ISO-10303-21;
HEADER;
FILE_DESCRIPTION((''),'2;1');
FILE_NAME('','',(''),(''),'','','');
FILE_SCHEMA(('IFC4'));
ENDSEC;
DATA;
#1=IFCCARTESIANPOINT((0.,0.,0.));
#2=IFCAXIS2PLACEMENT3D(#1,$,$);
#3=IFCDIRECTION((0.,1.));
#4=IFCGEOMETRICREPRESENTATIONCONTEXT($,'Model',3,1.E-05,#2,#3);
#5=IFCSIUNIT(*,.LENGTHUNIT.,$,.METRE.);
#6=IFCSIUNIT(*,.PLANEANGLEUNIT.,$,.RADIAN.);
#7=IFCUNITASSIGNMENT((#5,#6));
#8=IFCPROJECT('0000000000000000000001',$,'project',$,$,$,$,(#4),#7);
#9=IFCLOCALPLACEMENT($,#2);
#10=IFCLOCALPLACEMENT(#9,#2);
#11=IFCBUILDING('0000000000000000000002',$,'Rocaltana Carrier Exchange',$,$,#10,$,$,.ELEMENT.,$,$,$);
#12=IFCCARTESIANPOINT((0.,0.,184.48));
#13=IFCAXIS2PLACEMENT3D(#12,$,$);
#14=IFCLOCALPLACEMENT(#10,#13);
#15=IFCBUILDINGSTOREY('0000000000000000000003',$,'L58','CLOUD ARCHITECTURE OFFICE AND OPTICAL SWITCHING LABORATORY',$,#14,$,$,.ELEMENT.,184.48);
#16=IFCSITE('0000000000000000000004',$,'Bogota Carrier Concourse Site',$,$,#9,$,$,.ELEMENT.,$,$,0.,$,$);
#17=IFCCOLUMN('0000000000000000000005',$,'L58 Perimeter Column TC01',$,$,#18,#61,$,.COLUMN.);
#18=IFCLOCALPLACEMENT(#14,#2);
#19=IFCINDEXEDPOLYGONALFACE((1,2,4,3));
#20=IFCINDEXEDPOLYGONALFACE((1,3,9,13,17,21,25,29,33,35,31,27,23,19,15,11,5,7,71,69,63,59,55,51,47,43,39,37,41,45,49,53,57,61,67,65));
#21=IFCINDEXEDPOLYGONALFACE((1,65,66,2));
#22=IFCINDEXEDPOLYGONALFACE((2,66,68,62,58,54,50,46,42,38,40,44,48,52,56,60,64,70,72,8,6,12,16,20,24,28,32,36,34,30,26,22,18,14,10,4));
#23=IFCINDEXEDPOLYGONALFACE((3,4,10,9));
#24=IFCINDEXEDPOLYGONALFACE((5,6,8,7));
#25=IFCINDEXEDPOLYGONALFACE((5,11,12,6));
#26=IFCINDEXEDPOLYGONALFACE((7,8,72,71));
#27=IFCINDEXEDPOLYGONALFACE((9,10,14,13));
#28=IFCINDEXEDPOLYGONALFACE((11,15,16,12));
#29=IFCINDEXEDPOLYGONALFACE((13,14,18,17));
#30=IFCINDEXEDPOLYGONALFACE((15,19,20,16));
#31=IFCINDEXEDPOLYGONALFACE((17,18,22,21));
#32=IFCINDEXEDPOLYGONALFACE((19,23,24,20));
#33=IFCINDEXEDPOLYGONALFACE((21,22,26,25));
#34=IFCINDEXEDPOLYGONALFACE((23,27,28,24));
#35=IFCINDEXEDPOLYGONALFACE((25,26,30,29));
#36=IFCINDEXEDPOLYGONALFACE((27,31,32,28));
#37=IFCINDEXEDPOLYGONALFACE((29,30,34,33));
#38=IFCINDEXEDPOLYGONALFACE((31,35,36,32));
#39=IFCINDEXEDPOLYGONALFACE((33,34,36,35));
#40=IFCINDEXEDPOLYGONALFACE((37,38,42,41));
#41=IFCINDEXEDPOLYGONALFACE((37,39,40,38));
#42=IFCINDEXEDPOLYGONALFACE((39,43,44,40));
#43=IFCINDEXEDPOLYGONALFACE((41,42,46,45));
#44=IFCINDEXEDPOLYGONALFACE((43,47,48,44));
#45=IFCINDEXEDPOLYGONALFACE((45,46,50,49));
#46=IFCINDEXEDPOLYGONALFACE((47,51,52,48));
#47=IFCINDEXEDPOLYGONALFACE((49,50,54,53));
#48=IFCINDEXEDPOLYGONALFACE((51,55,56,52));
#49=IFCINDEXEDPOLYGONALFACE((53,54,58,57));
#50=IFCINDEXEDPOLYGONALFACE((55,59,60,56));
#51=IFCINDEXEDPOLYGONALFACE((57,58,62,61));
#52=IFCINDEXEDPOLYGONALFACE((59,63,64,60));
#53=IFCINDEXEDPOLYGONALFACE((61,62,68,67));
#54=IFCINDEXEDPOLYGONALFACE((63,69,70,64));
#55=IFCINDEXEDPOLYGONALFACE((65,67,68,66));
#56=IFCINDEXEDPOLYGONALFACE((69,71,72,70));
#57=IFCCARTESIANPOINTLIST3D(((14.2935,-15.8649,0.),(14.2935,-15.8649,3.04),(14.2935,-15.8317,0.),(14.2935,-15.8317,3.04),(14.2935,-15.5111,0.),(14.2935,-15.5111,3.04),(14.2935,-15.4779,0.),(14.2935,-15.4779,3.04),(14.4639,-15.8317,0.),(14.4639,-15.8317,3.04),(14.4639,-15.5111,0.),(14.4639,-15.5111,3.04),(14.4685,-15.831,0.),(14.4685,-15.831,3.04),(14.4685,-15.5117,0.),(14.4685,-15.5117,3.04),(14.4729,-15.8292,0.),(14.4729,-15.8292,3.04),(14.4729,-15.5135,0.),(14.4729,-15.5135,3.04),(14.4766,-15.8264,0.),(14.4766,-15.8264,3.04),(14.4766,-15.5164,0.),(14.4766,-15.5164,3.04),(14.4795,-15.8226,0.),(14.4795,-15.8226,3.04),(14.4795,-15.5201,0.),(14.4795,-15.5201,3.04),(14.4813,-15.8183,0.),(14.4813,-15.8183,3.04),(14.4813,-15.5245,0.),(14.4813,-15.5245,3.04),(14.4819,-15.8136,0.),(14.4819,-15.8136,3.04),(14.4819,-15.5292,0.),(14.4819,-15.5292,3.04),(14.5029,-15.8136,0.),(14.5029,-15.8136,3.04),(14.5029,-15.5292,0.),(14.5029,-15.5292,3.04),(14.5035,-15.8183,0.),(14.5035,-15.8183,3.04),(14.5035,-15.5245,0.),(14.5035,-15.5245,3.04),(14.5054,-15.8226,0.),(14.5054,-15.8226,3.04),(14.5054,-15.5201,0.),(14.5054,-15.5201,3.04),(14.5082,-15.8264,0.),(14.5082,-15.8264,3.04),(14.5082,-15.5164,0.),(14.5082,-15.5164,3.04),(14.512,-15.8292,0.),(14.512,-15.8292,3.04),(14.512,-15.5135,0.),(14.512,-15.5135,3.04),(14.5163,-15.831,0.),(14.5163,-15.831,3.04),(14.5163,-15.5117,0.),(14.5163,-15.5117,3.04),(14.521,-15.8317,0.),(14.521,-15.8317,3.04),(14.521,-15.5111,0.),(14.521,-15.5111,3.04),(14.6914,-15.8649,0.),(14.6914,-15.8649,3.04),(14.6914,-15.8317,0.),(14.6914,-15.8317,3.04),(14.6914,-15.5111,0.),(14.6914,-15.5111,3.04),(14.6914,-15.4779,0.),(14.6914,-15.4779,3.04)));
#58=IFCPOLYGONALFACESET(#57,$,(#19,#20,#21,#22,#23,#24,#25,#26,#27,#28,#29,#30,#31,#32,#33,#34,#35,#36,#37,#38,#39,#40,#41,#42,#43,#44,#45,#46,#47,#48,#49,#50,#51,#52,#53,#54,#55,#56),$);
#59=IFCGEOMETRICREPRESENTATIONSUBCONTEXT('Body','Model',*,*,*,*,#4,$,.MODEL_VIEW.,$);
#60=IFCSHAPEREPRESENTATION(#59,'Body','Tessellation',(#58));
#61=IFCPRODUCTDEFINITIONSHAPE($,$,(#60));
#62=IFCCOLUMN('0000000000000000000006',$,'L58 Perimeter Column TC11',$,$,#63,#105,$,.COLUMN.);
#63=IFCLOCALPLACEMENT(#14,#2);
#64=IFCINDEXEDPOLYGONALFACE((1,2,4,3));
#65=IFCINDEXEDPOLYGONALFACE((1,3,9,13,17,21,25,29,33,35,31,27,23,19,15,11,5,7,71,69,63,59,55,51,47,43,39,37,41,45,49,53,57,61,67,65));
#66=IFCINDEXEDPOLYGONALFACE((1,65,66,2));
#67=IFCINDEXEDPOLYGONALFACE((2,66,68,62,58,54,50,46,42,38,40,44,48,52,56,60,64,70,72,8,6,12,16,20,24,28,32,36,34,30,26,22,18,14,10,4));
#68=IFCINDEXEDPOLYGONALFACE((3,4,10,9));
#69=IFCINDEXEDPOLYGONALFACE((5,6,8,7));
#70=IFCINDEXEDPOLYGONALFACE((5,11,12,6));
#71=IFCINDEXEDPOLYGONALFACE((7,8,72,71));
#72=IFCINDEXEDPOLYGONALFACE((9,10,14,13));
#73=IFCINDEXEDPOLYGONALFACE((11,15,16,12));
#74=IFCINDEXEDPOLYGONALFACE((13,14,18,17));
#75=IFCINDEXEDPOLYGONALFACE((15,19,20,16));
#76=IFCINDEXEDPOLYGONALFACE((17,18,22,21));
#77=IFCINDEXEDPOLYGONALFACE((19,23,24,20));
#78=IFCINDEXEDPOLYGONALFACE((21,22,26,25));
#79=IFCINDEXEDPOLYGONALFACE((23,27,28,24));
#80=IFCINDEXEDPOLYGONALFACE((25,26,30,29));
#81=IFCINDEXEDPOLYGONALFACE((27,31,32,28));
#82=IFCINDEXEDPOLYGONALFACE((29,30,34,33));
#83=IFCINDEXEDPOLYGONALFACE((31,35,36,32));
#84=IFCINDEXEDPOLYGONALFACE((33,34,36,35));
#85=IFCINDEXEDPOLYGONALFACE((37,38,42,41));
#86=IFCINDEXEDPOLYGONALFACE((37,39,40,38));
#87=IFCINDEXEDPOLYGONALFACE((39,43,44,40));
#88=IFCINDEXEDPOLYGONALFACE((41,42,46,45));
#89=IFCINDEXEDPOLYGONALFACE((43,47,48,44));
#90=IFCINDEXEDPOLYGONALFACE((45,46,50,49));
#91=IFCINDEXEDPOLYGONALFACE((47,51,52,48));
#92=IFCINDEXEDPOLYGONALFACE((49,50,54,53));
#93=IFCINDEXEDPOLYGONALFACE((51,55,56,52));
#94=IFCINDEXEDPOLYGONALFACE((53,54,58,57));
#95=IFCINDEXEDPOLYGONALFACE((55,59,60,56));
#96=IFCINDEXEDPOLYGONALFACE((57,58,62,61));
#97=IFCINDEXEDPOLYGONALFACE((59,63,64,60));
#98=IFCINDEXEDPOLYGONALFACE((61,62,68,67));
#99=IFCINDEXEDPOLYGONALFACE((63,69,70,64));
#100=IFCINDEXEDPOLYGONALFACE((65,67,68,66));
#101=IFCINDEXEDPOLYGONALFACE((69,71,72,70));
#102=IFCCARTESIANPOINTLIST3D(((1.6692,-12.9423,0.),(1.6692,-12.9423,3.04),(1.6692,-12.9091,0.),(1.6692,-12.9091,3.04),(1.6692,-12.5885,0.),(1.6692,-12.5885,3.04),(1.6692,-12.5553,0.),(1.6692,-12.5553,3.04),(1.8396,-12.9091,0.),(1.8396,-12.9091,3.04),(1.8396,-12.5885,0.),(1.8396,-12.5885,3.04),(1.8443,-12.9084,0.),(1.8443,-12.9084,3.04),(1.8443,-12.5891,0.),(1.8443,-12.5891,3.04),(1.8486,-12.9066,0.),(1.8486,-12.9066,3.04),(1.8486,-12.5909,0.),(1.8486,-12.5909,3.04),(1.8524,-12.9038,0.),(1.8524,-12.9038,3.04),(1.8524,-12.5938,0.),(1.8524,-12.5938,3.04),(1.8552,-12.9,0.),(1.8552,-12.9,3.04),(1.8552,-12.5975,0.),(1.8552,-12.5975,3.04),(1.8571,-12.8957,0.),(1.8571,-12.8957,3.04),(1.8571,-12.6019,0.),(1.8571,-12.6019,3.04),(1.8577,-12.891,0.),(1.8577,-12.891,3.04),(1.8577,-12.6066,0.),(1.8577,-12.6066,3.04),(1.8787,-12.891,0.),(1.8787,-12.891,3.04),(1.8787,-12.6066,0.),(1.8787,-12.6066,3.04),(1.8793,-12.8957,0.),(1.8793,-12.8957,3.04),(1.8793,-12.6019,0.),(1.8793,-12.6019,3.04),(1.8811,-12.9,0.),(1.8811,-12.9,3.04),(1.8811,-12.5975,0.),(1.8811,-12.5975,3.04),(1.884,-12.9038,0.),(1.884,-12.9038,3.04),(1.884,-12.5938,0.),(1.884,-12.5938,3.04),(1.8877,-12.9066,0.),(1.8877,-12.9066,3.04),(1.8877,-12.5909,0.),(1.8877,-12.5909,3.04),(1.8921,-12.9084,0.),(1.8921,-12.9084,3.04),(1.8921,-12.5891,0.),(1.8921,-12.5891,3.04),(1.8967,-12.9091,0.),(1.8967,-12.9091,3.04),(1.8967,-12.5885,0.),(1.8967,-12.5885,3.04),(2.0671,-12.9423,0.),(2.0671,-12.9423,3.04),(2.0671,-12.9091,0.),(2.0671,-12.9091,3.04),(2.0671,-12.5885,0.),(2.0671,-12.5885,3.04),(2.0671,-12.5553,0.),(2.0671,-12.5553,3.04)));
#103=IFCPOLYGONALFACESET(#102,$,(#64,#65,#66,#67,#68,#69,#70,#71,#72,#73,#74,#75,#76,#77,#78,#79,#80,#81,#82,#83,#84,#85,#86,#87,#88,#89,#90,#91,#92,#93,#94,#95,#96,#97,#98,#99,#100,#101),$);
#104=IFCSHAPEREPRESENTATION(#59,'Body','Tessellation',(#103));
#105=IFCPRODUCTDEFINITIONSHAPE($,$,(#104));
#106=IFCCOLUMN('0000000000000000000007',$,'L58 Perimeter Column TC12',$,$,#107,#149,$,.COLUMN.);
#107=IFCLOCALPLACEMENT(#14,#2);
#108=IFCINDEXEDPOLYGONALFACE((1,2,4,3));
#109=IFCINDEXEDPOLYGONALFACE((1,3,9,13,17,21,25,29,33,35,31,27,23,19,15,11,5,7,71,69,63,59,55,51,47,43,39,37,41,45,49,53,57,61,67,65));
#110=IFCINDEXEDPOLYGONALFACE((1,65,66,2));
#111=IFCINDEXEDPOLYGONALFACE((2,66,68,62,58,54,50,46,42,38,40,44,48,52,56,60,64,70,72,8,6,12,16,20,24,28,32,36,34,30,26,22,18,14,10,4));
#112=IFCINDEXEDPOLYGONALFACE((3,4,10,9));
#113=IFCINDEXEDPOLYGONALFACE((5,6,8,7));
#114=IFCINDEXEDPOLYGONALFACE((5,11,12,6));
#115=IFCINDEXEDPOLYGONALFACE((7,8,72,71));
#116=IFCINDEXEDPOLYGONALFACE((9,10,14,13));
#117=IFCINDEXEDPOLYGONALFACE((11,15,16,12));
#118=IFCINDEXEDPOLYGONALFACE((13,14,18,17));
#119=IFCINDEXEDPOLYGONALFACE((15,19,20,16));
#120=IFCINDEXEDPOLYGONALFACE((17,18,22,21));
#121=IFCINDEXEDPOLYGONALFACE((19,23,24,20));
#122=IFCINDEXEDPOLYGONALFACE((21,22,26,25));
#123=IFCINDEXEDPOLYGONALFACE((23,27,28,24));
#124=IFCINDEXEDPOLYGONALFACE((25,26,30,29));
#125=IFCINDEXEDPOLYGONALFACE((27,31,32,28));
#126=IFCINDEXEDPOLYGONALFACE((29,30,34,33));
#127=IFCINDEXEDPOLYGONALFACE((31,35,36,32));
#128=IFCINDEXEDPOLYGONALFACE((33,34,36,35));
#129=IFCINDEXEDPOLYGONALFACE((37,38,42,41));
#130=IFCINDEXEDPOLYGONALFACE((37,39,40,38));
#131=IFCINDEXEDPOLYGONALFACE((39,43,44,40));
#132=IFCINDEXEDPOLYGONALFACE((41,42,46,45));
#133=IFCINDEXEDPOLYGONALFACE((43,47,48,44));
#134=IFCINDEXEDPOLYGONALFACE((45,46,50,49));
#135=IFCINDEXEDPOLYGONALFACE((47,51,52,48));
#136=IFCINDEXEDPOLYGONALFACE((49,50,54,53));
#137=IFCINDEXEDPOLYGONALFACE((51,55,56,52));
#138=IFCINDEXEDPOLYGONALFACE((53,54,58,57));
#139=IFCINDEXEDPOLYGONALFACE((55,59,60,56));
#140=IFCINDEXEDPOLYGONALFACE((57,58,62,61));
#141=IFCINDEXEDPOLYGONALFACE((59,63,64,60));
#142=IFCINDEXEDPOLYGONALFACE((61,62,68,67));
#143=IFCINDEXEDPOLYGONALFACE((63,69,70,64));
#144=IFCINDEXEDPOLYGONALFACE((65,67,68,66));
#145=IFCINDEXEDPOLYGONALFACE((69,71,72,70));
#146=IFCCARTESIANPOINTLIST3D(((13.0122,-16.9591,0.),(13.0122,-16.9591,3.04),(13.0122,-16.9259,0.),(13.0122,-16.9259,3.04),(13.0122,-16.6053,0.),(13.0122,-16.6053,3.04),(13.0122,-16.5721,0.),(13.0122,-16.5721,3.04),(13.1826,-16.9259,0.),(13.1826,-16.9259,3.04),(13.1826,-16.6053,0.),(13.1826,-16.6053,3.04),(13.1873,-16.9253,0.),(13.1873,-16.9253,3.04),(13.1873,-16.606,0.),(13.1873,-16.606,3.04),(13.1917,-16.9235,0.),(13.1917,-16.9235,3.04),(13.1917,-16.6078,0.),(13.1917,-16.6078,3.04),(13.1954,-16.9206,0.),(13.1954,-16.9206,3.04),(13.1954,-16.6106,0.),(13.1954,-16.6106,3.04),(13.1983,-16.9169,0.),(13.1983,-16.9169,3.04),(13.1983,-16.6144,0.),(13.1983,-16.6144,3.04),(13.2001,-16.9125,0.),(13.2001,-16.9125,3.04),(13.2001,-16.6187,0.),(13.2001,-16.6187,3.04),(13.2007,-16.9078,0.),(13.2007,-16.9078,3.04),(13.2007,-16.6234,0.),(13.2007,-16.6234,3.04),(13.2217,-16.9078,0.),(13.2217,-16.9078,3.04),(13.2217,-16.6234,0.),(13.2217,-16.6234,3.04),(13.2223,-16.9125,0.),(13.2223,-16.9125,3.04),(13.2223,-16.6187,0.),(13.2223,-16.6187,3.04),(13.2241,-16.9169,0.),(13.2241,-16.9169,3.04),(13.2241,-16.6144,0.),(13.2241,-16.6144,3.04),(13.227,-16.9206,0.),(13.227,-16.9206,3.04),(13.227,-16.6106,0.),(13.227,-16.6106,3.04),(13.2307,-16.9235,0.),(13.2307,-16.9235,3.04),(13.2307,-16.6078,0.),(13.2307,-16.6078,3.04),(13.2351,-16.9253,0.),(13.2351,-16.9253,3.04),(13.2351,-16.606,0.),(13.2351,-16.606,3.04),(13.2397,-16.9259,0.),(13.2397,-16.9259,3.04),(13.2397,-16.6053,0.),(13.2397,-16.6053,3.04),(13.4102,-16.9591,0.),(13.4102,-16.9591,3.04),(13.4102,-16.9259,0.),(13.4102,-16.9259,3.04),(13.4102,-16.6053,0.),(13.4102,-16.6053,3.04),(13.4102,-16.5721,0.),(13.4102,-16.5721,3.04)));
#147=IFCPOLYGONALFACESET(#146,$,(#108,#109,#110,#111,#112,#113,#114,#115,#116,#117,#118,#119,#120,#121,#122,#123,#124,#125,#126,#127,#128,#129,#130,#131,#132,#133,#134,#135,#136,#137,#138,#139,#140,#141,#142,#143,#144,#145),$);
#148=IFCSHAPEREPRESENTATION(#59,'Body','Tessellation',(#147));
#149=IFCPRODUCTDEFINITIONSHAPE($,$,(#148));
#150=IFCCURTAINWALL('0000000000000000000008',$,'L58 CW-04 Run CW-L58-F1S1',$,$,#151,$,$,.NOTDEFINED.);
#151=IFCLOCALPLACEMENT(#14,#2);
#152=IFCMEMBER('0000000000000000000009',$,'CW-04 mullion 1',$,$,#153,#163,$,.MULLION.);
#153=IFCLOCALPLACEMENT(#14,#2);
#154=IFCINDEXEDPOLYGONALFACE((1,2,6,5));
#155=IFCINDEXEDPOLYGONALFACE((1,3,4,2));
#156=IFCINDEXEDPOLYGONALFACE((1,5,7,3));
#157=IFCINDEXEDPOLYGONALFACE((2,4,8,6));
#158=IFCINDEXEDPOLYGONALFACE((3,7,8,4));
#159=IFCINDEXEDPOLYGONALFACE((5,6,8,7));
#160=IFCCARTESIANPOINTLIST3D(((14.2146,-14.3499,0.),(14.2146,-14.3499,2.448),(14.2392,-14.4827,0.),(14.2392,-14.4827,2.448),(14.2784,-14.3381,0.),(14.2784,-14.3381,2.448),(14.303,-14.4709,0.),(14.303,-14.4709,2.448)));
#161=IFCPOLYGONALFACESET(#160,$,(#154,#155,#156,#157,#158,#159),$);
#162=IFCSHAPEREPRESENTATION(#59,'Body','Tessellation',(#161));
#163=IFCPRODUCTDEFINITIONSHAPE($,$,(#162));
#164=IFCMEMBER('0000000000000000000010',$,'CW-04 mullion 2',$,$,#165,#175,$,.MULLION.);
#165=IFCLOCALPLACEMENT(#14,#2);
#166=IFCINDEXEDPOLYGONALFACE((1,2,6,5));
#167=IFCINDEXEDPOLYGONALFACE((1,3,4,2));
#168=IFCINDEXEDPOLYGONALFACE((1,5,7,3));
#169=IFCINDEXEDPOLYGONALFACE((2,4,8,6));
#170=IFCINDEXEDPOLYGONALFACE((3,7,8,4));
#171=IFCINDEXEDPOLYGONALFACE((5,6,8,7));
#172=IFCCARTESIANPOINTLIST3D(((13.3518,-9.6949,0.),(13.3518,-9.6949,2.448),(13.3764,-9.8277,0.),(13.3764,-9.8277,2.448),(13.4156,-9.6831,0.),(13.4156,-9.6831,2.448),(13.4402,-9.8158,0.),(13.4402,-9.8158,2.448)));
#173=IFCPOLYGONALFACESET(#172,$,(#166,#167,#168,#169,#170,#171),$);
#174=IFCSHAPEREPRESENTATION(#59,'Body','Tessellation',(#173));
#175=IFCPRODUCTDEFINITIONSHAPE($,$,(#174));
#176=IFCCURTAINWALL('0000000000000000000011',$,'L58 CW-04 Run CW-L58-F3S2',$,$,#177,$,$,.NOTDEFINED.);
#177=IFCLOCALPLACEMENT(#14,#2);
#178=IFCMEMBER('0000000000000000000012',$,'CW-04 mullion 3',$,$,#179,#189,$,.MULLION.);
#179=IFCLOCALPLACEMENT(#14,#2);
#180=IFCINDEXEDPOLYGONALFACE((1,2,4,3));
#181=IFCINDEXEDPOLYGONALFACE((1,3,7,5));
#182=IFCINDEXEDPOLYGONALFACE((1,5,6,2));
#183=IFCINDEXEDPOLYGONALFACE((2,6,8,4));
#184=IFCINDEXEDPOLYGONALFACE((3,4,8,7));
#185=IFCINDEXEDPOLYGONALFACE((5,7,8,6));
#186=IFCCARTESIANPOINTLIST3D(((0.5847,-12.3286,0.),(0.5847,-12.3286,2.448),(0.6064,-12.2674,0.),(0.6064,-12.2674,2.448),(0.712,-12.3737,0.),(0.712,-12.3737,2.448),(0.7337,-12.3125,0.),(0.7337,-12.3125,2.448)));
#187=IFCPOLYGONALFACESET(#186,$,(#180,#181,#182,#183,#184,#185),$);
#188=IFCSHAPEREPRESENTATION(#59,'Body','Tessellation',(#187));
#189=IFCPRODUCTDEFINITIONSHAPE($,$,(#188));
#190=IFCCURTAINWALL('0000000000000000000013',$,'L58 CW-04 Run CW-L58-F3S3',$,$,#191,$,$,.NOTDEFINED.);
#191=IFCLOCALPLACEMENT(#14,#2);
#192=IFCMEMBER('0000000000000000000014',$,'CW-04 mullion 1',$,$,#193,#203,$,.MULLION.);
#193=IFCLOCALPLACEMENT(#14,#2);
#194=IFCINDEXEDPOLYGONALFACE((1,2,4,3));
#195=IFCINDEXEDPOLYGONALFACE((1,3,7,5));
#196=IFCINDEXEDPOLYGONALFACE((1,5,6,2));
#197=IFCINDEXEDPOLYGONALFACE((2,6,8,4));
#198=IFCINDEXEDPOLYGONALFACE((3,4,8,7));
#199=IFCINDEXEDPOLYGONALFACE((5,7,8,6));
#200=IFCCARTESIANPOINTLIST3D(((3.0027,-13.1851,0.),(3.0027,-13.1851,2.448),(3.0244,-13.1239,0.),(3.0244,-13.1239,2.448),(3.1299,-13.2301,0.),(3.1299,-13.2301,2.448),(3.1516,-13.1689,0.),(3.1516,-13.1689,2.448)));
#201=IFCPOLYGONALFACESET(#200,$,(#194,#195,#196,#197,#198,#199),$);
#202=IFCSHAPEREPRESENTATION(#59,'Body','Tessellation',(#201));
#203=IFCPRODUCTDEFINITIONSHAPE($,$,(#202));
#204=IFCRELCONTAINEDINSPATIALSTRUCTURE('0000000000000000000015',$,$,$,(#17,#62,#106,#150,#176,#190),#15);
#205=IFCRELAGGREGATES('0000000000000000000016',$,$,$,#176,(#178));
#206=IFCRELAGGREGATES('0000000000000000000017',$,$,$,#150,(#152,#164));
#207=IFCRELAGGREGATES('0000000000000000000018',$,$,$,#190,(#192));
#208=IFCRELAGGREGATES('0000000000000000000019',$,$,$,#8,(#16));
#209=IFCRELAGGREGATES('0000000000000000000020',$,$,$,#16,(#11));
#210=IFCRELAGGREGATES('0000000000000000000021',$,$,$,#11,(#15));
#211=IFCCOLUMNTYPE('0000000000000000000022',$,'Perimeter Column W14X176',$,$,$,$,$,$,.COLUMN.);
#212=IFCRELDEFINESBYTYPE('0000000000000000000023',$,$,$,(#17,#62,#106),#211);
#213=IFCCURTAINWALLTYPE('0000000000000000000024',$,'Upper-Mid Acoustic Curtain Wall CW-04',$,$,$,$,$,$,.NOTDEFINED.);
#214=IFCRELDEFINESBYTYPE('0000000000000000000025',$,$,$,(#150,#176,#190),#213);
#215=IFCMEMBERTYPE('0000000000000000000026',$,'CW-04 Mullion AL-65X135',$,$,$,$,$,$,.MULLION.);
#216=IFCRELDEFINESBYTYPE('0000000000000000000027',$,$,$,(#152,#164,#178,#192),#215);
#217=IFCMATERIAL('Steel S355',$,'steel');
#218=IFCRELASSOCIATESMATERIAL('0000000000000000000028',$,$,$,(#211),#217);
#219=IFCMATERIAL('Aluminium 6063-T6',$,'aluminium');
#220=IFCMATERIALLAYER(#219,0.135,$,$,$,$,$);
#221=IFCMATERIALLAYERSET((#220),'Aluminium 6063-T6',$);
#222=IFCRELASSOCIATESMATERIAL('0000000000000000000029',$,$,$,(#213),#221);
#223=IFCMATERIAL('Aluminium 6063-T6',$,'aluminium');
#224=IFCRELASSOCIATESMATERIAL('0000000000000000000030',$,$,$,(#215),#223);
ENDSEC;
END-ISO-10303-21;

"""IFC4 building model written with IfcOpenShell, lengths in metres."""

from ifc_helpers import new_model, si_unit, direction, frame, origin, origin_2d, place, context, subcontext, project, spatial, rectangle, i_section, extrude, material, layer, layer_set, material_profile, profile_set, type_object, element, aggregate, save


model = new_model("IFC4")

# Units and contexts
model_context = context("Model", 3, precision=1e-05, world=origin(), true_north=direction((0.0, 1.0)))
body_context = subcontext(model_context, "Body", "Model", "MODEL_VIEW")
ifc_project = project(units=[si_unit("LENGTHUNIT", "METRE"), si_unit("PLANEANGLEUNIT", "RADIAN")], contexts=[model_context])

# Site, building, storey
site_placement = place(None, origin())
site = spatial("IfcSite", under=ifc_project, at=site_placement, Name="Bogota Carrier Concourse Site", CompositionType="ELEMENT", RefElevation=0.0)
building_placement = place(site_placement, origin())
building = spatial("IfcBuilding", under=site, at=building_placement, Name="Rocaltana Carrier Exchange", CompositionType="ELEMENT")
storey_placement = place(building_placement, frame((0.0, 0.0, 184.48)))
storey = spatial("IfcBuildingStorey", under=building, at=storey_placement, Name="L58", Description="CLOUD ARCHITECTURE OFFICE AND OPTICAL SWITCHING LABORATORY", CompositionType="ELEMENT", Elevation=184.48)

# Columns
ifc_material_1 = material(Name="Steel S355", Category="steel")
ifc_material_profile_1 = material_profile(ifc_material_1, i_section(OverallWidth=0.3979, OverallDepth=0.387, WebThickness=0.021, FlangeThickness=0.0332, FilletRadius=0.0181, at=origin_2d()), Name="W14X176")
ifc_profile_set_1 = profile_set([ifc_material_profile_1], Name="Steel S355")
column_type = type_object("IfcColumnType", Name="Perimeter Column W14X176", PredefinedType="COLUMN", material=ifc_profile_set_1)
for number, where, z_axis, x_axis, name in (
    (1, (14.4924, -15.6714, 0.0), (0.0, 0.0, 1.0), (1.0, 0.0, 0.0), "L58 Perimeter Column TC01"),
    (2, (1.8682, -12.7488, 0.0), (0.0, 0.0, 1.0), (1.0, 0.0, 0.0), "L58 Perimeter Column TC11"),
    (3, (13.2112, -16.7656, 0.0), (0.0, 0.0, 1.0), (1.0, 0.0, 0.0), "L58 Perimeter Column TC12"),
):
    element("IfcColumn", number, at=place(storey_placement, frame(where, z_axis=z_axis, x_axis=x_axis)), inside=storey, type_object=column_type, Name=name, PredefinedType="COLUMN", context=body_context, shape_type="SweptSolid", body=[
        extrude(i_section(OverallWidth=0.3979, OverallDepth=0.387, WebThickness=0.021, FlangeThickness=0.0332, FilletRadius=0.0181, at=origin_2d()), origin(), (0.0, 0.0, 1.0), 3.04),
    ])

# Curtain wall, members
ifc_material_2 = material(Name="Aluminium 6063-T6", Category="aluminium")
ifc_layer_1 = layer(ifc_material_2, 0.135)
ifc_layer_set_1 = layer_set([ifc_layer_1], Name="Aluminium 6063-T6")
curtain_wall_type = type_object("IfcCurtainWallType", Name="Upper-Mid Acoustic Curtain Wall CW-04", PredefinedType="NOTDEFINED", material=ifc_layer_set_1)
curtain_wall_1_placement = place(storey_placement, origin())
curtain_wall_1 = element("IfcCurtainWall", 4, at=curtain_wall_1_placement, inside=storey, type_object=curtain_wall_type, Name="L58 CW-04 Run CW-L58-F1S1", PredefinedType="NOTDEFINED")
ifc_material_3 = material(Name="Aluminium 6063-T6", Category="aluminium")
ifc_material_profile_2 = material_profile(ifc_material_3, rectangle(XDim=0.0649, YDim=0.135, at=origin_2d()), Name="AL-65X135")
ifc_profile_set_2 = profile_set([ifc_material_profile_2], Name="Aluminium 6063-T6")
member_type_1 = type_object("IfcMemberType", Name="CW-04 Mullion AL-65X135", PredefinedType="MULLION", material=ifc_profile_set_2)
member_1_placement = place(storey_placement, frame((14.2588, -14.4104, 0.0), z_axis=(0.0, 0.0, 1.0), x_axis=(-0.983255, -0.182234, 0.0)))
member_1 = element("IfcMember", 5, at=member_1_placement, type_object=member_type_1, Name="CW-04 mullion 1", PredefinedType="MULLION", context=body_context, shape_type="SweptSolid", body=[
    extrude(rectangle(XDim=0.0649, YDim=0.135, at=origin_2d()), origin(), (0.0, 0.0, 1.0), 2.448),
])
member_2_placement = place(storey_placement, frame((13.396, -9.7554, 0.0), z_axis=(0.0, 0.0, 1.0), x_axis=(-0.983255, -0.182234, 0.0)))
member_2 = element("IfcMember", 6, at=member_2_placement, type_object=member_type_1, Name="CW-04 mullion 2", PredefinedType="MULLION", context=body_context, shape_type="SweptSolid", body=[
    extrude(rectangle(XDim=0.0649, YDim=0.135, at=origin_2d()), origin(), (0.0, 0.0, 1.0), 2.448),
])

# Curtain wall, member
curtain_wall_2_placement = place(storey_placement, origin())
curtain_wall_2 = element("IfcCurtainWall", 7, at=curtain_wall_2_placement, inside=storey, type_object=curtain_wall_type, Name="L58 CW-04 Run CW-L58-F3S2", PredefinedType="NOTDEFINED")
member_3_placement = place(storey_placement, frame((0.6592, -12.3206, 0.0), z_axis=(0.0, 0.0, 1.0), x_axis=(0.333799, 0.942644, 0.0)))
member_3 = element("IfcMember", 8, at=member_3_placement, type_object=member_type_1, Name="CW-04 mullion 3", PredefinedType="MULLION", context=body_context, shape_type="SweptSolid", body=[
    extrude(rectangle(XDim=0.0649, YDim=0.135, at=origin_2d()), origin(), (0.0, 0.0, 1.0), 2.448),
])
aggregate(curtain_wall_2, [member_3])

# Curtain wall, member
curtain_wall_3_placement = place(storey_placement, origin())
curtain_wall_3 = element("IfcCurtainWall", 9, at=curtain_wall_3_placement, inside=storey, type_object=curtain_wall_type, Name="L58 CW-04 Run CW-L58-F3S3", PredefinedType="NOTDEFINED")
member_4_placement = place(storey_placement, frame((3.0771, -13.177, 0.0), z_axis=(0.0, 0.0, 1.0), x_axis=(0.333799, 0.942644, 0.0)))
member_4 = element("IfcMember", 10, at=member_4_placement, type_object=member_type_1, Name="CW-04 mullion 1", PredefinedType="MULLION", context=body_context, shape_type="SweptSolid", body=[
    extrude(rectangle(XDim=0.0649, YDim=0.135, at=origin_2d()), origin(), (0.0, 0.0, 1.0), 2.448),
])

aggregate(curtain_wall_1, [member_1, member_2])
aggregate(curtain_wall_3, [member_4])

save(model, "model.ifc")
